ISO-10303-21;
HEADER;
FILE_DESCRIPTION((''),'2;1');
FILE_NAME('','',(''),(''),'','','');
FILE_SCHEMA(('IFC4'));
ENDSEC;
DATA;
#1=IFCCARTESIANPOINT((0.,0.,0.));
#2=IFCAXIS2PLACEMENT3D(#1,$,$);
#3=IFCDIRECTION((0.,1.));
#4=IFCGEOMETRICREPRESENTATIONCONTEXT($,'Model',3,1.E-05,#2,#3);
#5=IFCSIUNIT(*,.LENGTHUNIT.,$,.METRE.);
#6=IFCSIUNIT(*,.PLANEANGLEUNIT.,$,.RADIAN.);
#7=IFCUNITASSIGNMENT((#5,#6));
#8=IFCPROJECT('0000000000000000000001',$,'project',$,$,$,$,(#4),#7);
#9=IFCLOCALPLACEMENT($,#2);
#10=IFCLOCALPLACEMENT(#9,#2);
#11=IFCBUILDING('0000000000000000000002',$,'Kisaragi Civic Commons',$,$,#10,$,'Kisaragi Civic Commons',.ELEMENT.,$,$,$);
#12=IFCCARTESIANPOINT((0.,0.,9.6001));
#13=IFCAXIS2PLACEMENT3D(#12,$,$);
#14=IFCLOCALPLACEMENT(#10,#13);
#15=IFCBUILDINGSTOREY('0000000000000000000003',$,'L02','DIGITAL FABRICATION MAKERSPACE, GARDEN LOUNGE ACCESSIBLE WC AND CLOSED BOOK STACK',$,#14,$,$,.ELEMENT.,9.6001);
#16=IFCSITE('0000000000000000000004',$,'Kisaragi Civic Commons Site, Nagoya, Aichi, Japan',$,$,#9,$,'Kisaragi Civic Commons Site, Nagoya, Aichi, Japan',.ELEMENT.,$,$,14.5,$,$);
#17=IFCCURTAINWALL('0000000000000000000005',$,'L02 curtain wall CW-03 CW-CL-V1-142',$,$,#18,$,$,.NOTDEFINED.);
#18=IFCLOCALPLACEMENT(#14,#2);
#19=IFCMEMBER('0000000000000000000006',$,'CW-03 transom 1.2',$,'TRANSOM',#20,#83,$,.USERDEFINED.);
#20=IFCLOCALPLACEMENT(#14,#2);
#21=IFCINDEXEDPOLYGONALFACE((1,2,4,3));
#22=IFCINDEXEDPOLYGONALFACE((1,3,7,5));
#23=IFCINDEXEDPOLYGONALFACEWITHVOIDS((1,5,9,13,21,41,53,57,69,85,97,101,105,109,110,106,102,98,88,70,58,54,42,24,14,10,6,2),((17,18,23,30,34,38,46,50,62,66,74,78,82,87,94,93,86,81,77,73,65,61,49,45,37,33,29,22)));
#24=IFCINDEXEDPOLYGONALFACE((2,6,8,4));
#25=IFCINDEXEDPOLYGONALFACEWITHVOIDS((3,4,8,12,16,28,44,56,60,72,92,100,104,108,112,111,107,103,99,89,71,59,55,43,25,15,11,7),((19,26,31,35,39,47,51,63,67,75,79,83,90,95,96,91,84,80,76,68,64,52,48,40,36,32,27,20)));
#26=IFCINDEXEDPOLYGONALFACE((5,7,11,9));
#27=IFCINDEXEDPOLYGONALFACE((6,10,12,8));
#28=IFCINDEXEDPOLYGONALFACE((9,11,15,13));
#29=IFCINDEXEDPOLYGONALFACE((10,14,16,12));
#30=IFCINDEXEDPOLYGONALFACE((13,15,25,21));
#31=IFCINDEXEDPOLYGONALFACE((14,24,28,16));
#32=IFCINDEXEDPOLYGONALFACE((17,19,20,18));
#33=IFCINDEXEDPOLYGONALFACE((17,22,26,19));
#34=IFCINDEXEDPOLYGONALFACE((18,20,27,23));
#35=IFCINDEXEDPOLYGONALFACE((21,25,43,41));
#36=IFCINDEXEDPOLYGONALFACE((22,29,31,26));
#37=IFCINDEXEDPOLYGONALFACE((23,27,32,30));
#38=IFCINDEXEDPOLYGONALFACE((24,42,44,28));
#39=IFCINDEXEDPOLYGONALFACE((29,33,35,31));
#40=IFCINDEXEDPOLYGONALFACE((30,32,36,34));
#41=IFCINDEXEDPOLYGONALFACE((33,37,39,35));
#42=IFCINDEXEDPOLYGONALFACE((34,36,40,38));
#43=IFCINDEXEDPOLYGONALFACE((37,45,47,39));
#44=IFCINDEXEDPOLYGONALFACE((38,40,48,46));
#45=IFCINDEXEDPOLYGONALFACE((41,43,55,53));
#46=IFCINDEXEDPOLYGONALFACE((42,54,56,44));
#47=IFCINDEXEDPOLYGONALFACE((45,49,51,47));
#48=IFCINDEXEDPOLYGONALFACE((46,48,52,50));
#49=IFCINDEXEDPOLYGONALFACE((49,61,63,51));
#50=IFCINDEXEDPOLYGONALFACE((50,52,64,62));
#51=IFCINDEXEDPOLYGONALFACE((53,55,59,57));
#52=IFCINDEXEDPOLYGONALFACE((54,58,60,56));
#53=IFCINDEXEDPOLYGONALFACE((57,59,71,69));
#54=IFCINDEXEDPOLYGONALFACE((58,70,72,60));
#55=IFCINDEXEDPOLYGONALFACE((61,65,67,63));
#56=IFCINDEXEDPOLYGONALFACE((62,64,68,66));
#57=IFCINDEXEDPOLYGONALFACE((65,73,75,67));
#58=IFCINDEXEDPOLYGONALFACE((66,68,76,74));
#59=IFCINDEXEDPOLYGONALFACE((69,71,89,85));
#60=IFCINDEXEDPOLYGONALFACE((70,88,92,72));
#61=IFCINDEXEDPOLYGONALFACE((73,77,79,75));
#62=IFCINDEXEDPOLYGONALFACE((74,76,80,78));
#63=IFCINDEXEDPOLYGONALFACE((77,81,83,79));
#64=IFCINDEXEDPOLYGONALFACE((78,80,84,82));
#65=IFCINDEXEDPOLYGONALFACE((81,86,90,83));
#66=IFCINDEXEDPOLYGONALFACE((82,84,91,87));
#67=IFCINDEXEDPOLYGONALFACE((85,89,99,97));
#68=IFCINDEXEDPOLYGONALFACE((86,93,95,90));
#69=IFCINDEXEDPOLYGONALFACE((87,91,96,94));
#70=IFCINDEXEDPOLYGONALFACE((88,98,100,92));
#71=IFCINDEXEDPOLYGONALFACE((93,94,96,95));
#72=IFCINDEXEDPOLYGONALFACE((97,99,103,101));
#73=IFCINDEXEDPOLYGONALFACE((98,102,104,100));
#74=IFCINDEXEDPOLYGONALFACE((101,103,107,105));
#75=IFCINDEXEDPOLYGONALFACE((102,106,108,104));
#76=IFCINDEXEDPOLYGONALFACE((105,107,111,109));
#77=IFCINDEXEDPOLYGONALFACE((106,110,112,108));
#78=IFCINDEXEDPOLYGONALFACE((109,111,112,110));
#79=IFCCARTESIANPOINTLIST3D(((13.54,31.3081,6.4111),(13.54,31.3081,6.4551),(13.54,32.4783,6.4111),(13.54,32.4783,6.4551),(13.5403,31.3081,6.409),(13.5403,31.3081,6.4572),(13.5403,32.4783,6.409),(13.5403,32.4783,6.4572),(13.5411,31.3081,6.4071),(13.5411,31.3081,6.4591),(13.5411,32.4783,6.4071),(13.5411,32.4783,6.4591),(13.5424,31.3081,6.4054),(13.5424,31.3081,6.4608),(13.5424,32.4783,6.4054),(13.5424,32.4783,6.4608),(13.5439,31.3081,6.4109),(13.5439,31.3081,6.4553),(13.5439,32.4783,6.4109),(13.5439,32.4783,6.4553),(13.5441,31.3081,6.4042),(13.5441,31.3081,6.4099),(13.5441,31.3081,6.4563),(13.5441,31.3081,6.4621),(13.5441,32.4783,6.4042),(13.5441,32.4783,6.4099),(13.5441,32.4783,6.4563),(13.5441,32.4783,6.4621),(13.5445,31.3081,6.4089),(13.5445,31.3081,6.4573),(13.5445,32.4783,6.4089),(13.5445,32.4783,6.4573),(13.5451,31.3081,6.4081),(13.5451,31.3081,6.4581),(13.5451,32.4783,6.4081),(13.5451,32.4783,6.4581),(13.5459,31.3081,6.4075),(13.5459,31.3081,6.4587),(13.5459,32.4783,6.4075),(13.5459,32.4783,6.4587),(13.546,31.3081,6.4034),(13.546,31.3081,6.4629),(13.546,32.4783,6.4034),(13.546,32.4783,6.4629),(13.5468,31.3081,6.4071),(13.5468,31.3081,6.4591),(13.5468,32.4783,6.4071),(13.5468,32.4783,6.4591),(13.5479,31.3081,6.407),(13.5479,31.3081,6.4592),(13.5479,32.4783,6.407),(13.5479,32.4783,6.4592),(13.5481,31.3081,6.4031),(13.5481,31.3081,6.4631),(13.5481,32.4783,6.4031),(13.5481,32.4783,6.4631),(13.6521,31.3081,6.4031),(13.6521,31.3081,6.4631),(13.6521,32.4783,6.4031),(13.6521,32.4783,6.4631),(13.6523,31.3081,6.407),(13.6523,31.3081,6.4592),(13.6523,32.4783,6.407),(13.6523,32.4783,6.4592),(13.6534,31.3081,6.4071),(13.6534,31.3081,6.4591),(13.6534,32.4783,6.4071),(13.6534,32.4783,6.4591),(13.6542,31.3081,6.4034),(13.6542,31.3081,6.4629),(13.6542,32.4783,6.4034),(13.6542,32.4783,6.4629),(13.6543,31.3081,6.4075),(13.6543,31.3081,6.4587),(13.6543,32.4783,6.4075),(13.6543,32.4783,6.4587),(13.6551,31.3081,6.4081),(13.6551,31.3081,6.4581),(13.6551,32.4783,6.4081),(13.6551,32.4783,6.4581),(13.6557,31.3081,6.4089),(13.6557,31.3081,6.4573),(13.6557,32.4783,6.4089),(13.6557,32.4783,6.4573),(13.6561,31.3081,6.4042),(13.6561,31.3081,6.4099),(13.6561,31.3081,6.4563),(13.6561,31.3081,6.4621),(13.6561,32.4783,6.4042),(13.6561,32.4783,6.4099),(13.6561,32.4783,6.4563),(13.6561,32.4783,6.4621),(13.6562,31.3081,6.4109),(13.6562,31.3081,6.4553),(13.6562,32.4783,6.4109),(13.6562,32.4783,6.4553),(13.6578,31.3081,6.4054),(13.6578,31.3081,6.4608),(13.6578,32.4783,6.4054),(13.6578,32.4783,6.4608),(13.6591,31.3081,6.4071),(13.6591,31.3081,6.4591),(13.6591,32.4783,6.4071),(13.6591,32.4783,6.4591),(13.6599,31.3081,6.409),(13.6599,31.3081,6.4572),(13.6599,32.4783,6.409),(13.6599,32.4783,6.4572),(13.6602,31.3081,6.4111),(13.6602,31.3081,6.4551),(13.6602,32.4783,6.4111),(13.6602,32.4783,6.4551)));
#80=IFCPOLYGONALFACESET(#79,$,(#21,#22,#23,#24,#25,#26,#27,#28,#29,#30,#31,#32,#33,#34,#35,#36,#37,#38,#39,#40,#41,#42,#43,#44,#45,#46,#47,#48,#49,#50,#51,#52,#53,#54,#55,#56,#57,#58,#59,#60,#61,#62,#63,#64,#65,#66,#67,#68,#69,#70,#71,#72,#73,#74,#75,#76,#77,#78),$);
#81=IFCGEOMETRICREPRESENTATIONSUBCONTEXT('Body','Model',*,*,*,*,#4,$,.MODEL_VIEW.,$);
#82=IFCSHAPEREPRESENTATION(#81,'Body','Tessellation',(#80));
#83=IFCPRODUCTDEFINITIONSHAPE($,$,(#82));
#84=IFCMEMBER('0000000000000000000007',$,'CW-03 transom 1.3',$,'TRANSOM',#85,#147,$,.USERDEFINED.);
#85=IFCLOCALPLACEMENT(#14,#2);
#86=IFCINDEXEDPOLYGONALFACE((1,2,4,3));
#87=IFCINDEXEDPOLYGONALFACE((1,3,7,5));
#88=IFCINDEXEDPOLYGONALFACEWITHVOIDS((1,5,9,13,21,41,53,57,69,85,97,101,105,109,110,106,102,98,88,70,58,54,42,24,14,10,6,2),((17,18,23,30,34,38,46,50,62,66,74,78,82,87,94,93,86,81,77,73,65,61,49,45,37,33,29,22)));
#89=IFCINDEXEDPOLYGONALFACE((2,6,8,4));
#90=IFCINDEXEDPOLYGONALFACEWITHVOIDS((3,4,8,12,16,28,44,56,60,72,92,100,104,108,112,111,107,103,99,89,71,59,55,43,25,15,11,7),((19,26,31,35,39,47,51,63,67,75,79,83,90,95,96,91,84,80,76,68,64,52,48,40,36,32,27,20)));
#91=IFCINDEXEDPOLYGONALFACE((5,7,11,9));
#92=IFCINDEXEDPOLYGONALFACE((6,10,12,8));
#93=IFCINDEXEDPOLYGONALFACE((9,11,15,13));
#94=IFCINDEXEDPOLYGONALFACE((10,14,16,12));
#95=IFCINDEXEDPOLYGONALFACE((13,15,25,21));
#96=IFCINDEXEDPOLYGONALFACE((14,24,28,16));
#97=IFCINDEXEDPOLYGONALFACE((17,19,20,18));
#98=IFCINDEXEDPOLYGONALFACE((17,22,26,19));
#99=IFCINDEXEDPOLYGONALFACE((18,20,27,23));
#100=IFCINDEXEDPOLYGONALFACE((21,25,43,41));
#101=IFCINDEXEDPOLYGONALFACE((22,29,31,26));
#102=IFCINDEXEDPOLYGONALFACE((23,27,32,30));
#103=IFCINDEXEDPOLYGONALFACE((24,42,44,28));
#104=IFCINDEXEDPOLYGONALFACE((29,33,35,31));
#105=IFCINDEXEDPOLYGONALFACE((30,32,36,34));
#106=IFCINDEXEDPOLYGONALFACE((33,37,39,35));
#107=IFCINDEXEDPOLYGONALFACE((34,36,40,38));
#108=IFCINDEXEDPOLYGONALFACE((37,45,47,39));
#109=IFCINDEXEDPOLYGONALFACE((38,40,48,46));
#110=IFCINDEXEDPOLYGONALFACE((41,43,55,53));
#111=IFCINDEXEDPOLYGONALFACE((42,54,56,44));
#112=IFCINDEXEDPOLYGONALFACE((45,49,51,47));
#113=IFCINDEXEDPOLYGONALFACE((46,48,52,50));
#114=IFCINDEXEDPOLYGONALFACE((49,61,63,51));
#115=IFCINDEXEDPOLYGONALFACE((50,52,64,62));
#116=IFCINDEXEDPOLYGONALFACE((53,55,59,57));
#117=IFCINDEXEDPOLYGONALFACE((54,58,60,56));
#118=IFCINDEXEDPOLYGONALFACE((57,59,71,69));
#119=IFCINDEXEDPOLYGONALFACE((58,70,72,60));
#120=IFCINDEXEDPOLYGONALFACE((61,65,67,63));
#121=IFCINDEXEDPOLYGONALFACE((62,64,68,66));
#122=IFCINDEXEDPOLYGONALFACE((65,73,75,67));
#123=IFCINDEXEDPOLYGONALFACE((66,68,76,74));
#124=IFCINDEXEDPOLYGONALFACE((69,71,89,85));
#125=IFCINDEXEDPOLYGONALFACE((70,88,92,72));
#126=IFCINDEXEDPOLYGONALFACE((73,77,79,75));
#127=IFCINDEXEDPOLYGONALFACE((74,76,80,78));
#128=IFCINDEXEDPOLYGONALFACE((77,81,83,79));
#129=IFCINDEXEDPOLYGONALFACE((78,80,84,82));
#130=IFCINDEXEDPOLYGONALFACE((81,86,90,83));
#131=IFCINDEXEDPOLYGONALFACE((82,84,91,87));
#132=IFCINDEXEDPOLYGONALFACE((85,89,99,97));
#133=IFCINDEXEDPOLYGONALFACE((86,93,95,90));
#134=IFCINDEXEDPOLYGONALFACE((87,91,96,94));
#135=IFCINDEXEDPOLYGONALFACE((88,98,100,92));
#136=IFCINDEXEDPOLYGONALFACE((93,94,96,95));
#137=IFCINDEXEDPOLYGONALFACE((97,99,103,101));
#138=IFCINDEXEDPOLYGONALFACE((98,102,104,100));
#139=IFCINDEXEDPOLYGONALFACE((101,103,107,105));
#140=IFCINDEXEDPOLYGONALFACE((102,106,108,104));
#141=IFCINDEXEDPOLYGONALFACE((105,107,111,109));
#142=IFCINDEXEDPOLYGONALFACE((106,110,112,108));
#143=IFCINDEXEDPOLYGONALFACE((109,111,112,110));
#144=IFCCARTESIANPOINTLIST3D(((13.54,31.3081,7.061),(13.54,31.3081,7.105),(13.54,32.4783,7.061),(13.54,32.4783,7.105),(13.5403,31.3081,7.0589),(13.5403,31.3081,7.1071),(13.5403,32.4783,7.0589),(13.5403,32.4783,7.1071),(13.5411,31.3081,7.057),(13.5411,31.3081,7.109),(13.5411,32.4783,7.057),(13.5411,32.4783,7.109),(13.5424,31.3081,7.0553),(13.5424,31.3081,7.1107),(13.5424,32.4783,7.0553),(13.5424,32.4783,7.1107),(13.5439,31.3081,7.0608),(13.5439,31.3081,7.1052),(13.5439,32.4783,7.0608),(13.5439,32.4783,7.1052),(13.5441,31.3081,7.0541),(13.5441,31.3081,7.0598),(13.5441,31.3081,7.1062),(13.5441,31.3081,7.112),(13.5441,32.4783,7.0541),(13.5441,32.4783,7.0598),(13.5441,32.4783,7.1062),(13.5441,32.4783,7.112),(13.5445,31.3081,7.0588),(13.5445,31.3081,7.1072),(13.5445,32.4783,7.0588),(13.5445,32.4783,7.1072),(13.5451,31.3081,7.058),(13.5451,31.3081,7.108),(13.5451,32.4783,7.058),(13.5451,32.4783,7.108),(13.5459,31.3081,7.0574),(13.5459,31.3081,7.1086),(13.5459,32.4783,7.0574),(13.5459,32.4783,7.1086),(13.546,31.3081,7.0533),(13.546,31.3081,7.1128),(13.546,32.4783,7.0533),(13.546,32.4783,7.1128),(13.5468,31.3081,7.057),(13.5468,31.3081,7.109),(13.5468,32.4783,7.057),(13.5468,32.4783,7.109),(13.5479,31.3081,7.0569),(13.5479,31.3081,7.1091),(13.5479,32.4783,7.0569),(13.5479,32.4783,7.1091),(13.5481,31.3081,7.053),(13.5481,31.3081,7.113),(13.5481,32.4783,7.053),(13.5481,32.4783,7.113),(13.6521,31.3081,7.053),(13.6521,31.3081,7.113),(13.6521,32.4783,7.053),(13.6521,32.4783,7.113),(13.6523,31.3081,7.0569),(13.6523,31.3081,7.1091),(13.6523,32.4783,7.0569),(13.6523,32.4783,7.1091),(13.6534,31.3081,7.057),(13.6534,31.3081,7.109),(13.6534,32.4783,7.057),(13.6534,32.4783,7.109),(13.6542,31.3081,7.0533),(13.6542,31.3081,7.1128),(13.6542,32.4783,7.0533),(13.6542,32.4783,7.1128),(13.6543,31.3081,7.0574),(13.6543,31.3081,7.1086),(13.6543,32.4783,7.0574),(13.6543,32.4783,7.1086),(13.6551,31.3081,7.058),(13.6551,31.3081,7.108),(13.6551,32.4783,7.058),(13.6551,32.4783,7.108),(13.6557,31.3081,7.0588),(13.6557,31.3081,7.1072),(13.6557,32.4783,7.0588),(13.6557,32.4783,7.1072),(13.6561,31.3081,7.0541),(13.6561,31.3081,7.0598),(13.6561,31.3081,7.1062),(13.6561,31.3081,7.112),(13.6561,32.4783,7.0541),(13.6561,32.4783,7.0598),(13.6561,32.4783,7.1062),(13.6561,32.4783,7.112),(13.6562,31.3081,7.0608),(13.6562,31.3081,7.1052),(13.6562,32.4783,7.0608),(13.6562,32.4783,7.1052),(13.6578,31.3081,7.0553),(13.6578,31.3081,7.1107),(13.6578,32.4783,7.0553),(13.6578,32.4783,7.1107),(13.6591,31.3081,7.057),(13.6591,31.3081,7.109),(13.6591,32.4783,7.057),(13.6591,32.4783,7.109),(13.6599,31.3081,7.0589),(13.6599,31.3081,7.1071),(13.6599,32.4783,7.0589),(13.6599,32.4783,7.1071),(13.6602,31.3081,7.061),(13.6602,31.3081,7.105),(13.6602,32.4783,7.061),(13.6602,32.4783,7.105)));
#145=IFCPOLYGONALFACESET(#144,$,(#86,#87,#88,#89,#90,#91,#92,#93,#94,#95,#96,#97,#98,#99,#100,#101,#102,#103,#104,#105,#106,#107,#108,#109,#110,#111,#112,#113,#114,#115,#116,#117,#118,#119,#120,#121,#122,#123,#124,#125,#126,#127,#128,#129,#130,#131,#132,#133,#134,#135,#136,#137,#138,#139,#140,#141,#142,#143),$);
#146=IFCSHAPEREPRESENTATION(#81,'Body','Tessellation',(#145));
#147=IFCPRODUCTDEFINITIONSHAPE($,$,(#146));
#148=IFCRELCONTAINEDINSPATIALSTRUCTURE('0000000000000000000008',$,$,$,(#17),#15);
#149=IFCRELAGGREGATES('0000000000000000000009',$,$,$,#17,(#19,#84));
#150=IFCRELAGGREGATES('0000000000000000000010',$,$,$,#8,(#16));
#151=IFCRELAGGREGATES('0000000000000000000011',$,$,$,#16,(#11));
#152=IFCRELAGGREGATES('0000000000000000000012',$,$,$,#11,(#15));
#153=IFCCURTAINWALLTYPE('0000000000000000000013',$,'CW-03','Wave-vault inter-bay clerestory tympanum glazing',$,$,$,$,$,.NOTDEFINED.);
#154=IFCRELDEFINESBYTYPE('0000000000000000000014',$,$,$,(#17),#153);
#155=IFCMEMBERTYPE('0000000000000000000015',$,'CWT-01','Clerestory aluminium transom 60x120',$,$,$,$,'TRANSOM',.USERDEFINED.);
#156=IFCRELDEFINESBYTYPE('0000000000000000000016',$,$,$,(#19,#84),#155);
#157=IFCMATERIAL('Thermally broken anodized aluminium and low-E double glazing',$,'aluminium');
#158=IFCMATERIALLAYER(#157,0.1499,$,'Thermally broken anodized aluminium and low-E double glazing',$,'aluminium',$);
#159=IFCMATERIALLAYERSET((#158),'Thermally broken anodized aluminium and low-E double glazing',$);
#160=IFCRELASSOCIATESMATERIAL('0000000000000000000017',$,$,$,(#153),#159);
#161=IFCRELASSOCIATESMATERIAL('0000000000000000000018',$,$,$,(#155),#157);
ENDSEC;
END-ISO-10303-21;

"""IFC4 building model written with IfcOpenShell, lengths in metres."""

from ifc_helpers import new_model, si_unit, direction, frame, origin, origin_2d, place, context, subcontext, project, spatial, hollow_rectangle, extrude, material, layer, layer_set, material_profile, profile_set, type_object, element, aggregate, save


model = new_model("IFC4")

# Units and contexts
model_context = context("Model", 3, precision=1e-05, world=origin(), true_north=direction((0.0, 1.0)))
body_context = subcontext(model_context, "Body", "Model", "MODEL_VIEW")
ifc_project = project(units=[si_unit("LENGTHUNIT", "METRE"), si_unit("PLANEANGLEUNIT", "RADIAN")], contexts=[model_context])

# Site, building, storey
site_placement = place(None, origin())
site = spatial("IfcSite", under=ifc_project, at=site_placement, Name="Kisaragi Civic Commons Site, Nagoya, Aichi, Japan", LongName="Kisaragi Civic Commons Site, Nagoya, Aichi, Japan", CompositionType="ELEMENT", RefElevation=14.5)
building_placement = place(site_placement, origin())
building = spatial("IfcBuilding", under=site, at=building_placement, Name="Kisaragi Civic Commons", LongName="Kisaragi Civic Commons", CompositionType="ELEMENT")
storey_placement = place(building_placement, frame((0.0, 0.0, 9.6001)))
storey = spatial("IfcBuildingStorey", under=building, at=storey_placement, Name="L02", Description="DIGITAL FABRICATION MAKERSPACE, GARDEN LOUNGE ACCESSIBLE WC AND CLOSED BOOK STACK", CompositionType="ELEMENT", Elevation=9.6001)

# Shared definitions
ifc_material_1 = material(Name="Thermally broken anodized aluminium and low-E double glazing", Category="aluminium")
ifc_layer_1 = layer(ifc_material_1, 0.1499, Name="Thermally broken anodized aluminium and low-E double glazing", Category="aluminium")
ifc_layer_set_1 = layer_set([ifc_layer_1], Name="Thermally broken anodized aluminium and low-E double glazing")
curtain_wall_type = type_object("IfcCurtainWallType", Name="CW-03", Description="Wave-vault inter-bay clerestory tympanum glazing", PredefinedType="NOTDEFINED", material=ifc_layer_set_1)

# Curtain wall
curtain_wall_1_placement = place(storey_placement, origin())
curtain_wall_1 = element("IfcCurtainWall", 1, at=curtain_wall_1_placement, inside=storey, type_object=curtain_wall_type, Name="L02 curtain wall CW-03 CW-CL-V1-142", PredefinedType="NOTDEFINED")

# Members
ifc_material_profile_1 = material_profile(ifc_material_1, hollow_rectangle(XDim=0.1201, YDim=0.0601, WallThickness=0.0039, InnerFilletRadius=0.0039, OuterFilletRadius=0.0081, at=origin_2d()), Name="CWT-60x120x4", Category="aluminium")
ifc_profile_set_1 = profile_set([ifc_material_profile_1], Name="Thermally broken anodized aluminium and low-E double glazing")
member_type_1 = type_object("IfcMemberType", Name="CWT-01", Description="Clerestory aluminium transom 60x120", ElementType="TRANSOM", PredefinedType="USERDEFINED", material=ifc_profile_set_1)
member_1_placement = place(storey_placement, frame((13.6001, 31.3081, 6.4331), z_axis=(0.0, 1.0, 0.0), x_axis=(-1.0, 0.0, 0.0)))
member_1 = element("IfcMember", 2, at=member_1_placement, type_object=member_type_1, Name="CW-03 transom 1.2", ObjectType="TRANSOM", PredefinedType="USERDEFINED", context=body_context, shape_type="SweptSolid", body=[
    extrude(hollow_rectangle(XDim=0.1201, YDim=0.0601, WallThickness=0.0039, InnerFilletRadius=0.0039, OuterFilletRadius=0.0081, at=origin_2d()), origin(), (0.0, 0.0, 1.0), 1.1702),
])
member_2_placement = place(storey_placement, frame((13.6001, 31.3081, 7.083), z_axis=(0.0, 1.0, 0.0), x_axis=(-1.0, 0.0, 0.0)))
member_2 = element("IfcMember", 3, at=member_2_placement, type_object=member_type_1, Name="CW-03 transom 1.3", ObjectType="TRANSOM", PredefinedType="USERDEFINED", context=body_context, shape_type="SweptSolid", body=[
    extrude(hollow_rectangle(XDim=0.1201, YDim=0.0601, WallThickness=0.0039, InnerFilletRadius=0.0039, OuterFilletRadius=0.0081, at=origin_2d()), origin(), (0.0, 0.0, 1.0), 1.1702),
])
aggregate(curtain_wall_1, [member_1, member_2])

save(model, "model.ifc")
